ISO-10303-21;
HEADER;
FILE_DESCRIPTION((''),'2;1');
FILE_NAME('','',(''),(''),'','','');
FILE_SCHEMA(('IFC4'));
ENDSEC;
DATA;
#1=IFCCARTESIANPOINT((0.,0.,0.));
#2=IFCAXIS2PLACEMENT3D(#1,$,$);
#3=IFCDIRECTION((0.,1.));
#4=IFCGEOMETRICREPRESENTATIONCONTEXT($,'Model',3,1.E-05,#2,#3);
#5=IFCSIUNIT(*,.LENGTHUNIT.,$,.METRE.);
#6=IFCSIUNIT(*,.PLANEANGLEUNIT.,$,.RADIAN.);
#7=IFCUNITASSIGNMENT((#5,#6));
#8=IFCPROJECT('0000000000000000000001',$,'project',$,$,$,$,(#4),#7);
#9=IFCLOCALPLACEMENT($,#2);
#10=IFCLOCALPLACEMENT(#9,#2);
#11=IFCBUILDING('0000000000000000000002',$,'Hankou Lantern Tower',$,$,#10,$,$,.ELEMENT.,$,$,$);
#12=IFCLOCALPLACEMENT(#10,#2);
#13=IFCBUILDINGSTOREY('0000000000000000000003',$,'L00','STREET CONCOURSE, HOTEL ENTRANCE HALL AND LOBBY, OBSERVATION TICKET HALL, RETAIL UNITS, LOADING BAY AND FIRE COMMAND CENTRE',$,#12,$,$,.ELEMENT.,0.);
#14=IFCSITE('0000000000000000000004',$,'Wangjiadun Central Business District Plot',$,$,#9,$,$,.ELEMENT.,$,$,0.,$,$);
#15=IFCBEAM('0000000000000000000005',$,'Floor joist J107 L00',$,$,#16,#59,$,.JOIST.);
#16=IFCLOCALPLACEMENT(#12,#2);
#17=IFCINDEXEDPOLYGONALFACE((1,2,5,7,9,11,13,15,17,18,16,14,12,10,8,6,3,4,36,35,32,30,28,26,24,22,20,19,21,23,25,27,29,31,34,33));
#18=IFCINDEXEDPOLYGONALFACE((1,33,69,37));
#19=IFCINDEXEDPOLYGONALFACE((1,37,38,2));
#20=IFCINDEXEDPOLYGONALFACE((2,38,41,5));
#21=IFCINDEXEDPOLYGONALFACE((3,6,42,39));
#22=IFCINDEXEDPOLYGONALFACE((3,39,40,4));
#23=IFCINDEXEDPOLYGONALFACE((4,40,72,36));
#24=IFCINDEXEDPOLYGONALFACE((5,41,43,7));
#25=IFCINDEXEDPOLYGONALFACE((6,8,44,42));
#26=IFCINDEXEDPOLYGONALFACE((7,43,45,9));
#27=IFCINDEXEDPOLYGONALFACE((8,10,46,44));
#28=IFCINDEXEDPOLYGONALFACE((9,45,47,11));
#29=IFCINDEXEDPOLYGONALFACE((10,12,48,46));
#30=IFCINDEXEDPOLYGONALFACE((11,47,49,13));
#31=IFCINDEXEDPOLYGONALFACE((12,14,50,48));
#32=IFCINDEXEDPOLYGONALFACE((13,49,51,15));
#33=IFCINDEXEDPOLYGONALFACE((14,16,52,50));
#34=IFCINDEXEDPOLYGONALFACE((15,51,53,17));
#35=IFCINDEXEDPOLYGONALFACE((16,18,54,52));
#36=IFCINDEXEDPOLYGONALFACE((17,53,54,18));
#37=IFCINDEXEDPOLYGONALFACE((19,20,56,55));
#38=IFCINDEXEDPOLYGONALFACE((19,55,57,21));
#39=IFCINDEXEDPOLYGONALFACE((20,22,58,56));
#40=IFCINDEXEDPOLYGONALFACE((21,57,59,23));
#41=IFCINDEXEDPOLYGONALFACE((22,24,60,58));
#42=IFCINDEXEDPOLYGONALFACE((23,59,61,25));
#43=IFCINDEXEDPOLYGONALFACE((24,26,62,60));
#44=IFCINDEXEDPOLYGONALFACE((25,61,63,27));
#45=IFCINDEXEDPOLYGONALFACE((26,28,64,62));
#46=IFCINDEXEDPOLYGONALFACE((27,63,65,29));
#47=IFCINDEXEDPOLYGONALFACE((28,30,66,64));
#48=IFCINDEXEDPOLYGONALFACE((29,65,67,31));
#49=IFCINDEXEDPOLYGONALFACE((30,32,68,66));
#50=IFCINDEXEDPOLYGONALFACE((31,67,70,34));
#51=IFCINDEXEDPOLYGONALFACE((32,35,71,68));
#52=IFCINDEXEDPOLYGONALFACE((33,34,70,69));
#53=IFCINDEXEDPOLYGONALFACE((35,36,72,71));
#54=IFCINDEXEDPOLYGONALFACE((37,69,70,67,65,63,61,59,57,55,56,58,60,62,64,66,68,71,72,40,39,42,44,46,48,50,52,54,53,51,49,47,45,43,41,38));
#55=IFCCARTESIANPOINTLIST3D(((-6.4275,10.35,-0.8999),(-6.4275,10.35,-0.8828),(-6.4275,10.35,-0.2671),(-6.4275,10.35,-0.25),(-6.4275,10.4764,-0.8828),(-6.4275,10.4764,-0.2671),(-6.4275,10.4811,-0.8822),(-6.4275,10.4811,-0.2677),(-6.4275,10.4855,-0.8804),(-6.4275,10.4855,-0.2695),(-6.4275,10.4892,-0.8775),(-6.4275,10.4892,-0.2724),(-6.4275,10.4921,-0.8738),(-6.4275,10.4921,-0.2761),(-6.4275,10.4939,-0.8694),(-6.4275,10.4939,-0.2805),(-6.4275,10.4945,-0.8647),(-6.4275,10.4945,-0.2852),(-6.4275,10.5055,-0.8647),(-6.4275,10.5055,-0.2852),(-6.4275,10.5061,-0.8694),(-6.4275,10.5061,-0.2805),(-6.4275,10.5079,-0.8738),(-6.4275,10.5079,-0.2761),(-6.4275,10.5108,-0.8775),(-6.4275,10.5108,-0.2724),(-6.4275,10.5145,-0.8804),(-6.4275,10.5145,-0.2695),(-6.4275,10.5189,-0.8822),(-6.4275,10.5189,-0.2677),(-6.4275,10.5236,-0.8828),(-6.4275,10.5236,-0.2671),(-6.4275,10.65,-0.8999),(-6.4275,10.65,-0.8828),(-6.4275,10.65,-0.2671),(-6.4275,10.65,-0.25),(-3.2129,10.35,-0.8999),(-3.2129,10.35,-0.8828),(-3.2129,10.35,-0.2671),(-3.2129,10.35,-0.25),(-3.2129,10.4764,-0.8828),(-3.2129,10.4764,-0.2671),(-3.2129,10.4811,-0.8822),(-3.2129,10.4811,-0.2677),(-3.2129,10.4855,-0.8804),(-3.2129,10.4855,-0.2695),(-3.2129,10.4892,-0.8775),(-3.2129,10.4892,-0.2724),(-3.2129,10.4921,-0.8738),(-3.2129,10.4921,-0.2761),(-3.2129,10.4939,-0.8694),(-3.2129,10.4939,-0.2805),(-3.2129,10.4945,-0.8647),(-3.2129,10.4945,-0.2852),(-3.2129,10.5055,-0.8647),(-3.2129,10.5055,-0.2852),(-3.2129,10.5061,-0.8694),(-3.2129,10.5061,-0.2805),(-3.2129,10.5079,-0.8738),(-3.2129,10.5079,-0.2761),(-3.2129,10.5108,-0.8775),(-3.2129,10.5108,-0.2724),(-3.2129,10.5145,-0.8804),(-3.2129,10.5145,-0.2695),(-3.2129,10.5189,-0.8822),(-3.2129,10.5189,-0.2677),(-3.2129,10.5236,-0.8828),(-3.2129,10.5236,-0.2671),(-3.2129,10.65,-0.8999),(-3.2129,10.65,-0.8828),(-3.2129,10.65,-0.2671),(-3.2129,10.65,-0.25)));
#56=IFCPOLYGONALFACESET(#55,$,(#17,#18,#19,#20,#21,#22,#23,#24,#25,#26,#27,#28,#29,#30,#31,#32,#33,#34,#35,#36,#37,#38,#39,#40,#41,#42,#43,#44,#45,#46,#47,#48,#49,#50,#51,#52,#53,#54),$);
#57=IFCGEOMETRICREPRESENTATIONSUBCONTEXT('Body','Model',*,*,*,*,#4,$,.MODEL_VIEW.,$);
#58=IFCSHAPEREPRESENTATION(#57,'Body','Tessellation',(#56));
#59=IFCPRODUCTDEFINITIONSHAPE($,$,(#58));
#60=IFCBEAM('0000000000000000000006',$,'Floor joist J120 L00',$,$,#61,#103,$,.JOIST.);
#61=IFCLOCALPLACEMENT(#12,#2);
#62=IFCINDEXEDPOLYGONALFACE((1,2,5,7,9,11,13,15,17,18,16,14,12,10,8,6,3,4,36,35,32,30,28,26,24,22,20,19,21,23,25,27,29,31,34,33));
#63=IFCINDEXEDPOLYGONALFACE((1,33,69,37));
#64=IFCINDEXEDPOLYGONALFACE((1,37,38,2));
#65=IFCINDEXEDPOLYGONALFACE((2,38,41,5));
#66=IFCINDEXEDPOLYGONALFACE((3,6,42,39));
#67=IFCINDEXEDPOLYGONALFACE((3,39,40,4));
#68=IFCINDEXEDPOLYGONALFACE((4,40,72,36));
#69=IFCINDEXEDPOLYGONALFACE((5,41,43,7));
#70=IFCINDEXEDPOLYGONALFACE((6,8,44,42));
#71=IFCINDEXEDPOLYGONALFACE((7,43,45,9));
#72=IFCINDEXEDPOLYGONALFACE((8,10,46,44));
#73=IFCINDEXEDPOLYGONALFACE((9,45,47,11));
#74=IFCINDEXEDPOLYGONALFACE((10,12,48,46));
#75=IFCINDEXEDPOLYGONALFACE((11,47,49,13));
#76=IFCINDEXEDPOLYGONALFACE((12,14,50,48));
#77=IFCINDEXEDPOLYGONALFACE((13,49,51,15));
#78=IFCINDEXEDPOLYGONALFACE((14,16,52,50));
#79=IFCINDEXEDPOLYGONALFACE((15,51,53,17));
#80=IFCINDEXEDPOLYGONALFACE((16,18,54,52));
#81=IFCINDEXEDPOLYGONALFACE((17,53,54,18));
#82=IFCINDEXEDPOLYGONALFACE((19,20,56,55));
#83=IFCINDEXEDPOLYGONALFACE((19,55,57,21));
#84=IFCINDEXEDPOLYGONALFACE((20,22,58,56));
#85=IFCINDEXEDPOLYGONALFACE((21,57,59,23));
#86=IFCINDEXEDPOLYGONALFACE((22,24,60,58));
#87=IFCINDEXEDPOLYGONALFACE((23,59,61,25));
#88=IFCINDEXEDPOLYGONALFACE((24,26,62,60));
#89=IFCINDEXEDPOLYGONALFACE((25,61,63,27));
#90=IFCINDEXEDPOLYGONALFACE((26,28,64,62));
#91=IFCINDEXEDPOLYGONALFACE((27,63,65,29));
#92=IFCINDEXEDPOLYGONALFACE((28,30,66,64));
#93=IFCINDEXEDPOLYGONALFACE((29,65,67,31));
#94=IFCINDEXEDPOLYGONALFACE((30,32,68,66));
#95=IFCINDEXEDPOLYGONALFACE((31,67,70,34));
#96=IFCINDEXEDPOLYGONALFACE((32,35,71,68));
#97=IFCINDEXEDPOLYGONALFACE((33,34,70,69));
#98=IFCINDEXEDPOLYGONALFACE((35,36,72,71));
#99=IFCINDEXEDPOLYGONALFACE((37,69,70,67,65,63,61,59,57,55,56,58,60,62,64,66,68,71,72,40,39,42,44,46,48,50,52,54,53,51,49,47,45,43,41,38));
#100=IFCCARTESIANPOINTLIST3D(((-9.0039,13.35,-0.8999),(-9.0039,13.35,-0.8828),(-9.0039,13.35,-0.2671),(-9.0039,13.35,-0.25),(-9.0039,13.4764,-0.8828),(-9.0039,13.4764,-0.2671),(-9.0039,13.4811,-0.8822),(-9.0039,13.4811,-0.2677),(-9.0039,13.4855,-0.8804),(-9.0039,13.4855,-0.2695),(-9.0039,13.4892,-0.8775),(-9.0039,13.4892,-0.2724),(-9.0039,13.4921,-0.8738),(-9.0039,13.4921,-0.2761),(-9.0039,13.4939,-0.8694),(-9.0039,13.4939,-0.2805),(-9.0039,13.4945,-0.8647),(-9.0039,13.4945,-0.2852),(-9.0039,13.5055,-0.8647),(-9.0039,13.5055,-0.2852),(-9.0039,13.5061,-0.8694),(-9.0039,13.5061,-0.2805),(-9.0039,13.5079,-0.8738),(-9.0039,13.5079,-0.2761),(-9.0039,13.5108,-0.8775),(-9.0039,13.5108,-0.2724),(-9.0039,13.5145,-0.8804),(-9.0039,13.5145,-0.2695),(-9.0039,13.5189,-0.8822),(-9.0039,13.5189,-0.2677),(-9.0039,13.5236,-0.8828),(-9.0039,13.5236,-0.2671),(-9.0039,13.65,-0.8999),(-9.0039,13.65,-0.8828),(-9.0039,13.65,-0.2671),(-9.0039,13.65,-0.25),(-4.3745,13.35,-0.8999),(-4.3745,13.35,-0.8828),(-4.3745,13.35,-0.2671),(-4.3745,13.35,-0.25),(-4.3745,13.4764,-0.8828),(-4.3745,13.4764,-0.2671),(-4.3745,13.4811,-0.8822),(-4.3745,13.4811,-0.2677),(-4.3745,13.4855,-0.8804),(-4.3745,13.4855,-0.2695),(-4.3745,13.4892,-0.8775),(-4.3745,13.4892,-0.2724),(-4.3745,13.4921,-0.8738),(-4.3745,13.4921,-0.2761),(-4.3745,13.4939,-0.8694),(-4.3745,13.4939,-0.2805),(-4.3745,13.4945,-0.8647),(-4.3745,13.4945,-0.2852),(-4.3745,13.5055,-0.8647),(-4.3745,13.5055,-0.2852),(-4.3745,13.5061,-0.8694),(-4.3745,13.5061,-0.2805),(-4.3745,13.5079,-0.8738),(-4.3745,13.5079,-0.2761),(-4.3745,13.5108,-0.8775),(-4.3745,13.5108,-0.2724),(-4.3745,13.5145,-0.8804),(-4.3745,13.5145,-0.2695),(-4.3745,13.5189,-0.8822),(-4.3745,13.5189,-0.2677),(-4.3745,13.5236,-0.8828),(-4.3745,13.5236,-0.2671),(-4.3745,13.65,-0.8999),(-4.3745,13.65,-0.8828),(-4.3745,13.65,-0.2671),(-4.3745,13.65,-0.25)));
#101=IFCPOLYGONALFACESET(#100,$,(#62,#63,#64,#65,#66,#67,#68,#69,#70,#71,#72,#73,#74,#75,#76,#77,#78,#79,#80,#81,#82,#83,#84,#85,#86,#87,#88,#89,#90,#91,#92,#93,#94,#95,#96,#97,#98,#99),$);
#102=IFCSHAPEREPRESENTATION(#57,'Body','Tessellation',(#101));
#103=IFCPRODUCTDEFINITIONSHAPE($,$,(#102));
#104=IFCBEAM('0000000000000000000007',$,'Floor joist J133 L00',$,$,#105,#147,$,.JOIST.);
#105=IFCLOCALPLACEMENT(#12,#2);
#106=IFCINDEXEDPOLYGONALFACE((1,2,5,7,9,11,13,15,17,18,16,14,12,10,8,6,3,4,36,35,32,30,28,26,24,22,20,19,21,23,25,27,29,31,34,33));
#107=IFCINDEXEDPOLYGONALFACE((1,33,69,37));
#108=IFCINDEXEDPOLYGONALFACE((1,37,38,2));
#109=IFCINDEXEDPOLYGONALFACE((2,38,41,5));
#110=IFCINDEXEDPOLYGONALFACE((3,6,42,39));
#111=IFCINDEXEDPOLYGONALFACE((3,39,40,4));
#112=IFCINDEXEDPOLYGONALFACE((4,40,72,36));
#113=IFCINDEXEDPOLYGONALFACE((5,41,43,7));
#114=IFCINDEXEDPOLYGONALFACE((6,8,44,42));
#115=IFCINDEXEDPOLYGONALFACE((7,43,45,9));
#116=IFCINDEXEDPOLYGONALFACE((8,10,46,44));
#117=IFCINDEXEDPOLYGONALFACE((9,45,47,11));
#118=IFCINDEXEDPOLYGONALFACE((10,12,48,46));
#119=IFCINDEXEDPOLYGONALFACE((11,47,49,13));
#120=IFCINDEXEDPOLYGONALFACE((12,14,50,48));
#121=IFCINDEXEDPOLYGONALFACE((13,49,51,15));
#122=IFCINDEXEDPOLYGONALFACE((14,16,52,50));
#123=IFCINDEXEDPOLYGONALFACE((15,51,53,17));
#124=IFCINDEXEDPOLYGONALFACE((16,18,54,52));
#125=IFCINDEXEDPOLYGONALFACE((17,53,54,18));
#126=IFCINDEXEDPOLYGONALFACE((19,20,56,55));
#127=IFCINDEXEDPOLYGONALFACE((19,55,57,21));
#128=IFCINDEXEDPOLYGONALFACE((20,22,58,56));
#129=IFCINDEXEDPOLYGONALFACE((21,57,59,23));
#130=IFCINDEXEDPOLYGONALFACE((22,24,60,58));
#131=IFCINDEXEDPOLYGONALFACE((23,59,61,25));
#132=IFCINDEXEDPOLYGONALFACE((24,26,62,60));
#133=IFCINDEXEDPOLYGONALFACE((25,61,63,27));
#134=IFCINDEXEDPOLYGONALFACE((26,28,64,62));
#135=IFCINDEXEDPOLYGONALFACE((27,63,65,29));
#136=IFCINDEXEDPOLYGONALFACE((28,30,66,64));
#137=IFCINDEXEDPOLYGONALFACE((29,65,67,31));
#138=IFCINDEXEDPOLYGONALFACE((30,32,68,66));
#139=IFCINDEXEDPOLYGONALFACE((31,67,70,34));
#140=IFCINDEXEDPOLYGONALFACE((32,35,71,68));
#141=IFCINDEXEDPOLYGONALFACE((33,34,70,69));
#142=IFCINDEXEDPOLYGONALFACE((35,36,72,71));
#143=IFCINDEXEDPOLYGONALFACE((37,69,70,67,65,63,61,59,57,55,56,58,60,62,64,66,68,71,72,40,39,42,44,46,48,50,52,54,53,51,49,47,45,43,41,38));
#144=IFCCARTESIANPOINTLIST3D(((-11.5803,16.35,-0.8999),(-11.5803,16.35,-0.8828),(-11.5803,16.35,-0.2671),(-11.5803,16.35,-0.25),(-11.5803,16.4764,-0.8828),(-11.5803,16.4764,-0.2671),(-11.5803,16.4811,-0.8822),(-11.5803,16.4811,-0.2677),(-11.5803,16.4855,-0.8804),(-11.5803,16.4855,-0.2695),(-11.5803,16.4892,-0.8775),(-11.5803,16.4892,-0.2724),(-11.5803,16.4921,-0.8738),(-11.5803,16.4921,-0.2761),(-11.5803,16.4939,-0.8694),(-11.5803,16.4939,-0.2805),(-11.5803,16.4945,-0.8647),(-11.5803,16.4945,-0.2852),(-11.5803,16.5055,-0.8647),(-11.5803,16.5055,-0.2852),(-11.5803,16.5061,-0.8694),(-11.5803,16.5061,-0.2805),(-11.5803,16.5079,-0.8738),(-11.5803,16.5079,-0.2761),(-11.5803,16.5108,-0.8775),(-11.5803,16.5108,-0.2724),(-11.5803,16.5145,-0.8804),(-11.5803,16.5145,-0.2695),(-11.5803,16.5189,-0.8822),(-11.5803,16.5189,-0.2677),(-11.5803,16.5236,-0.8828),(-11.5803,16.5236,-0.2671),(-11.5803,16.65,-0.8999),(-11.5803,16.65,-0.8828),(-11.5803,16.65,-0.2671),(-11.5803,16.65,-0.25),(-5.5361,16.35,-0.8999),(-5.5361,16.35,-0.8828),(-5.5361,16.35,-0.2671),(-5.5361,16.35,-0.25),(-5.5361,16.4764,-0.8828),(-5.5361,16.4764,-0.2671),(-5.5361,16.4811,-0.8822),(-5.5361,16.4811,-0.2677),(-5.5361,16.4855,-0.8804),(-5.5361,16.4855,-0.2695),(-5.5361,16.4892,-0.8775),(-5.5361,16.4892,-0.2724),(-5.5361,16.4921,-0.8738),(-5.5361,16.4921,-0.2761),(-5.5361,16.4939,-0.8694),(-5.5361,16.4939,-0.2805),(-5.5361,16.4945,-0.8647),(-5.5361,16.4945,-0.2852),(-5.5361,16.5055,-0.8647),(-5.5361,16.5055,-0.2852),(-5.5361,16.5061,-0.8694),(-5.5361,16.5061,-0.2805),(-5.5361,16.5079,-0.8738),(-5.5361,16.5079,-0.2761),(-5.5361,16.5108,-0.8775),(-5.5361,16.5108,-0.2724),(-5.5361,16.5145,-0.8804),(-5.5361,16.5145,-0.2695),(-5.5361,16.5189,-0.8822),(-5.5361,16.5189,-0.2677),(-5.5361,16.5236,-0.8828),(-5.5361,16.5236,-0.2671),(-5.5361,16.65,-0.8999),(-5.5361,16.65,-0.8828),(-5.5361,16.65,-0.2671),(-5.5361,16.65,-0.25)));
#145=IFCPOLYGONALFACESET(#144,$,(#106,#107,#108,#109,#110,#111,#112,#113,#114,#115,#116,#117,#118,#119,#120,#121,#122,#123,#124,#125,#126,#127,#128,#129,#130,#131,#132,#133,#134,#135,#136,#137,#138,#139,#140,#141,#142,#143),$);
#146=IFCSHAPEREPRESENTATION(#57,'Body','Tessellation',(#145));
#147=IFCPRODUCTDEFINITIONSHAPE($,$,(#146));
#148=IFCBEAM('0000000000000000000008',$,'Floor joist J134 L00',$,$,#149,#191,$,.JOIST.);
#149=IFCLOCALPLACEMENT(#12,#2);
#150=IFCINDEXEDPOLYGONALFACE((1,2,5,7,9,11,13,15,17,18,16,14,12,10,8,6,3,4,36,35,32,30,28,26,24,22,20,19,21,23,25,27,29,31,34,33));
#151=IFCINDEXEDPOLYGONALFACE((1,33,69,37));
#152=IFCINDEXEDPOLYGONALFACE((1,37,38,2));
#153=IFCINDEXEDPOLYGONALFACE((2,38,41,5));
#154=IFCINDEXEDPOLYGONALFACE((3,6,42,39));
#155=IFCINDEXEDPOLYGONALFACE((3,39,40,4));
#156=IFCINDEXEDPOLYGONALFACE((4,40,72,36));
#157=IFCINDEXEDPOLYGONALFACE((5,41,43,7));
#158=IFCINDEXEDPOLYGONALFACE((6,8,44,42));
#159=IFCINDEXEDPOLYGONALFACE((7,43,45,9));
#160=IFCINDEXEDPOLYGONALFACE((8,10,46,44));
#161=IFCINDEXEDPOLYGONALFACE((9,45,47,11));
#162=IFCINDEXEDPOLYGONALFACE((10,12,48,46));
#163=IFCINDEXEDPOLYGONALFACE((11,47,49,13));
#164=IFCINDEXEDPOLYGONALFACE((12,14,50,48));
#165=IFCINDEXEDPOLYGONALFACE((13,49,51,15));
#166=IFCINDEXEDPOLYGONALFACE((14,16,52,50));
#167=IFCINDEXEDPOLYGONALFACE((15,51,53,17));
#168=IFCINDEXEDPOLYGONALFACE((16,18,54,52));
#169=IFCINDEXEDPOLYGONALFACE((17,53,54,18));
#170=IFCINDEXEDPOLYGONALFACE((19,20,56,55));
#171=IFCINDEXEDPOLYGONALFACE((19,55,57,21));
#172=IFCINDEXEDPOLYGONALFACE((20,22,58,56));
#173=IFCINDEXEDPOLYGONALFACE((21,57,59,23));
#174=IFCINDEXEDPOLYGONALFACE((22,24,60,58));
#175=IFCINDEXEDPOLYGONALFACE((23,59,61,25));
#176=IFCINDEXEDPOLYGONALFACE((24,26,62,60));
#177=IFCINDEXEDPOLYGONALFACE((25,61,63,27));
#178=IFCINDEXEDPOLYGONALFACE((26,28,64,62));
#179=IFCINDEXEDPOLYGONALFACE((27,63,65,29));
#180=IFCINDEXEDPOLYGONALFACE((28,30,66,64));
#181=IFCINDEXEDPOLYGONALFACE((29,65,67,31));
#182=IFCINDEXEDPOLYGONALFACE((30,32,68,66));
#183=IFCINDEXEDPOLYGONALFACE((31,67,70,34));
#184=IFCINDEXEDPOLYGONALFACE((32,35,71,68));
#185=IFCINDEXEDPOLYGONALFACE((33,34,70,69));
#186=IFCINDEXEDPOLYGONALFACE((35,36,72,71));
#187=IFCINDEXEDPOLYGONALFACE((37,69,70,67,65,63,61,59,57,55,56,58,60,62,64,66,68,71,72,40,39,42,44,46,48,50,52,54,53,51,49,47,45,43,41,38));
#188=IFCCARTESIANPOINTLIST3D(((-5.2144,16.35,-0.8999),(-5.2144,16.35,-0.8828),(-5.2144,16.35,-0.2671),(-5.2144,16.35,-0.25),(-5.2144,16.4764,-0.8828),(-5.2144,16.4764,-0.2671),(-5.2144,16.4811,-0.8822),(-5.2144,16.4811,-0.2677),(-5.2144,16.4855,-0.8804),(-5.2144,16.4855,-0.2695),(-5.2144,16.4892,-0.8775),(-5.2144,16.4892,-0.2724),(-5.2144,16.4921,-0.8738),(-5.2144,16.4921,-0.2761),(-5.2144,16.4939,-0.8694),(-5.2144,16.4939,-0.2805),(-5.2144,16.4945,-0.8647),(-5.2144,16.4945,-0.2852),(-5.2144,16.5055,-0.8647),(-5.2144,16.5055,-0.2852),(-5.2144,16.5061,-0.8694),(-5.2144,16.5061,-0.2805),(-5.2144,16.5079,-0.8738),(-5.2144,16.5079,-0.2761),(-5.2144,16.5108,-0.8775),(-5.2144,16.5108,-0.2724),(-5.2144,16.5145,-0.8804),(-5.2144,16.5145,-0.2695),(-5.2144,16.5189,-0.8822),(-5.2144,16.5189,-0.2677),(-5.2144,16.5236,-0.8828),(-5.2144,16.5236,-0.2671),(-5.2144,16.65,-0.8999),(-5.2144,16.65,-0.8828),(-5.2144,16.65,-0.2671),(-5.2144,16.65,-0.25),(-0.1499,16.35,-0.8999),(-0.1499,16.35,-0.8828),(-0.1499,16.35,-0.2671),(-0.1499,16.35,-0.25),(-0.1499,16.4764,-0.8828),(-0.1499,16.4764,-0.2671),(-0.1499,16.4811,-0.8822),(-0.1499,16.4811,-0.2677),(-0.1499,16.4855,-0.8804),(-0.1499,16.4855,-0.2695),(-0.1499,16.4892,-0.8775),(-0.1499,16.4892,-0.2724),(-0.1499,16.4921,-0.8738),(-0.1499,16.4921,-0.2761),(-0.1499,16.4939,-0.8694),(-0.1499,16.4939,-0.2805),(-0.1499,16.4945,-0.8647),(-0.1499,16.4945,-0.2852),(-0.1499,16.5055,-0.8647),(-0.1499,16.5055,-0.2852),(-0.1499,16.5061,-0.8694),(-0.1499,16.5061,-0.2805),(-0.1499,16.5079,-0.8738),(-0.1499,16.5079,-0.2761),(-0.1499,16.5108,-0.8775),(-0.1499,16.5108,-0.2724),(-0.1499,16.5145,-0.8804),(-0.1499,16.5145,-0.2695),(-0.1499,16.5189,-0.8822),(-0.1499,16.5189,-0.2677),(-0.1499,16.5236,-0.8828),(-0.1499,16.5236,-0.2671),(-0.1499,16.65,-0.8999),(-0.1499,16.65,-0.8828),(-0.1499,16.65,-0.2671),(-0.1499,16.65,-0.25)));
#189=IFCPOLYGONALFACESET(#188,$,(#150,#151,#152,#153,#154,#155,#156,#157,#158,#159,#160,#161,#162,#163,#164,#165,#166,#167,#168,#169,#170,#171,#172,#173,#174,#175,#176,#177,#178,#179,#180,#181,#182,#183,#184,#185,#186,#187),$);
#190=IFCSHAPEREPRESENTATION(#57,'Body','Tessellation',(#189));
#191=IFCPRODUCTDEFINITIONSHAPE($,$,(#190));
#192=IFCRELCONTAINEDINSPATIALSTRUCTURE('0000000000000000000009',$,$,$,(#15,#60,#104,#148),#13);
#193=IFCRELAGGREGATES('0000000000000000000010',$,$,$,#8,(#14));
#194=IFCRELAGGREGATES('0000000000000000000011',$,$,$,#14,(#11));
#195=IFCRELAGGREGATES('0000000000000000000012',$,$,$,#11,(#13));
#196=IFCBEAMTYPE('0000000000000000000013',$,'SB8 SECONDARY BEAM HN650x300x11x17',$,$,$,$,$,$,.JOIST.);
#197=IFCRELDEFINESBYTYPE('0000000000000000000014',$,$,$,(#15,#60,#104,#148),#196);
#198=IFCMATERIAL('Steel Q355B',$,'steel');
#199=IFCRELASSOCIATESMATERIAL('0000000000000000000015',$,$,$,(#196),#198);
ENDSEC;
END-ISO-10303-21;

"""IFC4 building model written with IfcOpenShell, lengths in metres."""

from ifc_helpers import new_model, si_unit, direction, frame, origin, origin_2d, place, context, subcontext, project, spatial, i_section, extrude, material, material_profile, profile_set, type_object, element, save


model = new_model("IFC4")

# Units and contexts
model_context = context("Model", 3, precision=1e-05, world=origin(), true_north=direction((0.0, 1.0)))
body_context = subcontext(model_context, "Body", "Model", "MODEL_VIEW")
ifc_project = project(units=[si_unit("LENGTHUNIT", "METRE"), si_unit("PLANEANGLEUNIT", "RADIAN")], contexts=[model_context])

# Site, building, storey
site_placement = place(None, origin())
site = spatial("IfcSite", under=ifc_project, at=site_placement, Name="Wangjiadun Central Business District Plot", CompositionType="ELEMENT", RefElevation=0.0)
building_placement = place(site_placement, origin())
building = spatial("IfcBuilding", under=site, at=building_placement, Name="Hankou Lantern Tower", CompositionType="ELEMENT")
storey_placement = place(building_placement, origin())
storey = spatial("IfcBuildingStorey", under=building, at=storey_placement, Name="L00", Description="STREET CONCOURSE, HOTEL ENTRANCE HALL AND LOBBY, OBSERVATION TICKET HALL, RETAIL UNITS, LOADING BAY AND FIRE COMMAND CENTRE", CompositionType="ELEMENT", Elevation=0.0)

# Beams
ifc_material_1 = material(Name="Steel Q355B", Category="steel")
ifc_material_profile_1 = material_profile(ifc_material_1, i_section(OverallWidth=0.3, OverallDepth=0.6499, WebThickness=0.011, FlangeThickness=0.0171, FilletRadius=0.0181, at=origin_2d()), Name="HN650x300x11x17")
ifc_profile_set_1 = profile_set([ifc_material_profile_1], Name="Steel Q355B")
beam_type_1 = type_object("IfcBeamType", Name="SB8 SECONDARY BEAM HN650x300x11x17", PredefinedType="JOIST", material=ifc_profile_set_1)
beam_1_placement = place(storey_placement, frame((-6.4275, 10.5, -0.575), z_axis=(1.0, 0.0, 0.0), x_axis=(0.0, 1.0, 0.0)))
element("IfcBeam", 1, at=beam_1_placement, inside=storey, type_object=beam_type_1, Name="Floor joist J107 L00", PredefinedType="JOIST", context=body_context, shape_type="SweptSolid", body=[
    extrude(i_section(OverallWidth=0.3, OverallDepth=0.6499, WebThickness=0.011, FlangeThickness=0.0171, FilletRadius=0.0181, at=origin_2d()), origin(), (0.0, 0.0, 1.0), 3.2146),
])
beam_2_placement = place(storey_placement, frame((-9.0039, 13.5, -0.575), z_axis=(1.0, 0.0, 0.0), x_axis=(0.0, 1.0, 0.0)))
element("IfcBeam", 2, at=beam_2_placement, inside=storey, type_object=beam_type_1, Name="Floor joist J120 L00", PredefinedType="JOIST", context=body_context, shape_type="SweptSolid", body=[
    extrude(i_section(OverallWidth=0.3, OverallDepth=0.6499, WebThickness=0.011, FlangeThickness=0.0171, FilletRadius=0.0181, at=origin_2d()), origin(), (0.0, 0.0, 1.0), 4.6294),
])
beam_3_placement = place(storey_placement, frame((-11.5803, 16.5, -0.575), z_axis=(1.0, 0.0, 0.0), x_axis=(0.0, 1.0, 0.0)))
element("IfcBeam", 3, at=beam_3_placement, inside=storey, type_object=beam_type_1, Name="Floor joist J133 L00", PredefinedType="JOIST", context=body_context, shape_type="SweptSolid", body=[
    extrude(i_section(OverallWidth=0.3, OverallDepth=0.6499, WebThickness=0.011, FlangeThickness=0.0171, FilletRadius=0.0181, at=origin_2d()), origin(), (0.0, 0.0, 1.0), 6.0442),
])
beam_4_placement = place(storey_placement, frame((-5.2144, 16.5, -0.575), z_axis=(1.0, 0.0, 0.0), x_axis=(0.0, 1.0, 0.0)))
element("IfcBeam", 4, at=beam_4_placement, inside=storey, type_object=beam_type_1, Name="Floor joist J134 L00", PredefinedType="JOIST", context=body_context, shape_type="SweptSolid", body=[
    extrude(i_section(OverallWidth=0.3, OverallDepth=0.6499, WebThickness=0.011, FlangeThickness=0.0171, FilletRadius=0.0181, at=origin_2d()), origin(), (0.0, 0.0, 1.0), 5.0645),
])

save(model, "model.ifc")
